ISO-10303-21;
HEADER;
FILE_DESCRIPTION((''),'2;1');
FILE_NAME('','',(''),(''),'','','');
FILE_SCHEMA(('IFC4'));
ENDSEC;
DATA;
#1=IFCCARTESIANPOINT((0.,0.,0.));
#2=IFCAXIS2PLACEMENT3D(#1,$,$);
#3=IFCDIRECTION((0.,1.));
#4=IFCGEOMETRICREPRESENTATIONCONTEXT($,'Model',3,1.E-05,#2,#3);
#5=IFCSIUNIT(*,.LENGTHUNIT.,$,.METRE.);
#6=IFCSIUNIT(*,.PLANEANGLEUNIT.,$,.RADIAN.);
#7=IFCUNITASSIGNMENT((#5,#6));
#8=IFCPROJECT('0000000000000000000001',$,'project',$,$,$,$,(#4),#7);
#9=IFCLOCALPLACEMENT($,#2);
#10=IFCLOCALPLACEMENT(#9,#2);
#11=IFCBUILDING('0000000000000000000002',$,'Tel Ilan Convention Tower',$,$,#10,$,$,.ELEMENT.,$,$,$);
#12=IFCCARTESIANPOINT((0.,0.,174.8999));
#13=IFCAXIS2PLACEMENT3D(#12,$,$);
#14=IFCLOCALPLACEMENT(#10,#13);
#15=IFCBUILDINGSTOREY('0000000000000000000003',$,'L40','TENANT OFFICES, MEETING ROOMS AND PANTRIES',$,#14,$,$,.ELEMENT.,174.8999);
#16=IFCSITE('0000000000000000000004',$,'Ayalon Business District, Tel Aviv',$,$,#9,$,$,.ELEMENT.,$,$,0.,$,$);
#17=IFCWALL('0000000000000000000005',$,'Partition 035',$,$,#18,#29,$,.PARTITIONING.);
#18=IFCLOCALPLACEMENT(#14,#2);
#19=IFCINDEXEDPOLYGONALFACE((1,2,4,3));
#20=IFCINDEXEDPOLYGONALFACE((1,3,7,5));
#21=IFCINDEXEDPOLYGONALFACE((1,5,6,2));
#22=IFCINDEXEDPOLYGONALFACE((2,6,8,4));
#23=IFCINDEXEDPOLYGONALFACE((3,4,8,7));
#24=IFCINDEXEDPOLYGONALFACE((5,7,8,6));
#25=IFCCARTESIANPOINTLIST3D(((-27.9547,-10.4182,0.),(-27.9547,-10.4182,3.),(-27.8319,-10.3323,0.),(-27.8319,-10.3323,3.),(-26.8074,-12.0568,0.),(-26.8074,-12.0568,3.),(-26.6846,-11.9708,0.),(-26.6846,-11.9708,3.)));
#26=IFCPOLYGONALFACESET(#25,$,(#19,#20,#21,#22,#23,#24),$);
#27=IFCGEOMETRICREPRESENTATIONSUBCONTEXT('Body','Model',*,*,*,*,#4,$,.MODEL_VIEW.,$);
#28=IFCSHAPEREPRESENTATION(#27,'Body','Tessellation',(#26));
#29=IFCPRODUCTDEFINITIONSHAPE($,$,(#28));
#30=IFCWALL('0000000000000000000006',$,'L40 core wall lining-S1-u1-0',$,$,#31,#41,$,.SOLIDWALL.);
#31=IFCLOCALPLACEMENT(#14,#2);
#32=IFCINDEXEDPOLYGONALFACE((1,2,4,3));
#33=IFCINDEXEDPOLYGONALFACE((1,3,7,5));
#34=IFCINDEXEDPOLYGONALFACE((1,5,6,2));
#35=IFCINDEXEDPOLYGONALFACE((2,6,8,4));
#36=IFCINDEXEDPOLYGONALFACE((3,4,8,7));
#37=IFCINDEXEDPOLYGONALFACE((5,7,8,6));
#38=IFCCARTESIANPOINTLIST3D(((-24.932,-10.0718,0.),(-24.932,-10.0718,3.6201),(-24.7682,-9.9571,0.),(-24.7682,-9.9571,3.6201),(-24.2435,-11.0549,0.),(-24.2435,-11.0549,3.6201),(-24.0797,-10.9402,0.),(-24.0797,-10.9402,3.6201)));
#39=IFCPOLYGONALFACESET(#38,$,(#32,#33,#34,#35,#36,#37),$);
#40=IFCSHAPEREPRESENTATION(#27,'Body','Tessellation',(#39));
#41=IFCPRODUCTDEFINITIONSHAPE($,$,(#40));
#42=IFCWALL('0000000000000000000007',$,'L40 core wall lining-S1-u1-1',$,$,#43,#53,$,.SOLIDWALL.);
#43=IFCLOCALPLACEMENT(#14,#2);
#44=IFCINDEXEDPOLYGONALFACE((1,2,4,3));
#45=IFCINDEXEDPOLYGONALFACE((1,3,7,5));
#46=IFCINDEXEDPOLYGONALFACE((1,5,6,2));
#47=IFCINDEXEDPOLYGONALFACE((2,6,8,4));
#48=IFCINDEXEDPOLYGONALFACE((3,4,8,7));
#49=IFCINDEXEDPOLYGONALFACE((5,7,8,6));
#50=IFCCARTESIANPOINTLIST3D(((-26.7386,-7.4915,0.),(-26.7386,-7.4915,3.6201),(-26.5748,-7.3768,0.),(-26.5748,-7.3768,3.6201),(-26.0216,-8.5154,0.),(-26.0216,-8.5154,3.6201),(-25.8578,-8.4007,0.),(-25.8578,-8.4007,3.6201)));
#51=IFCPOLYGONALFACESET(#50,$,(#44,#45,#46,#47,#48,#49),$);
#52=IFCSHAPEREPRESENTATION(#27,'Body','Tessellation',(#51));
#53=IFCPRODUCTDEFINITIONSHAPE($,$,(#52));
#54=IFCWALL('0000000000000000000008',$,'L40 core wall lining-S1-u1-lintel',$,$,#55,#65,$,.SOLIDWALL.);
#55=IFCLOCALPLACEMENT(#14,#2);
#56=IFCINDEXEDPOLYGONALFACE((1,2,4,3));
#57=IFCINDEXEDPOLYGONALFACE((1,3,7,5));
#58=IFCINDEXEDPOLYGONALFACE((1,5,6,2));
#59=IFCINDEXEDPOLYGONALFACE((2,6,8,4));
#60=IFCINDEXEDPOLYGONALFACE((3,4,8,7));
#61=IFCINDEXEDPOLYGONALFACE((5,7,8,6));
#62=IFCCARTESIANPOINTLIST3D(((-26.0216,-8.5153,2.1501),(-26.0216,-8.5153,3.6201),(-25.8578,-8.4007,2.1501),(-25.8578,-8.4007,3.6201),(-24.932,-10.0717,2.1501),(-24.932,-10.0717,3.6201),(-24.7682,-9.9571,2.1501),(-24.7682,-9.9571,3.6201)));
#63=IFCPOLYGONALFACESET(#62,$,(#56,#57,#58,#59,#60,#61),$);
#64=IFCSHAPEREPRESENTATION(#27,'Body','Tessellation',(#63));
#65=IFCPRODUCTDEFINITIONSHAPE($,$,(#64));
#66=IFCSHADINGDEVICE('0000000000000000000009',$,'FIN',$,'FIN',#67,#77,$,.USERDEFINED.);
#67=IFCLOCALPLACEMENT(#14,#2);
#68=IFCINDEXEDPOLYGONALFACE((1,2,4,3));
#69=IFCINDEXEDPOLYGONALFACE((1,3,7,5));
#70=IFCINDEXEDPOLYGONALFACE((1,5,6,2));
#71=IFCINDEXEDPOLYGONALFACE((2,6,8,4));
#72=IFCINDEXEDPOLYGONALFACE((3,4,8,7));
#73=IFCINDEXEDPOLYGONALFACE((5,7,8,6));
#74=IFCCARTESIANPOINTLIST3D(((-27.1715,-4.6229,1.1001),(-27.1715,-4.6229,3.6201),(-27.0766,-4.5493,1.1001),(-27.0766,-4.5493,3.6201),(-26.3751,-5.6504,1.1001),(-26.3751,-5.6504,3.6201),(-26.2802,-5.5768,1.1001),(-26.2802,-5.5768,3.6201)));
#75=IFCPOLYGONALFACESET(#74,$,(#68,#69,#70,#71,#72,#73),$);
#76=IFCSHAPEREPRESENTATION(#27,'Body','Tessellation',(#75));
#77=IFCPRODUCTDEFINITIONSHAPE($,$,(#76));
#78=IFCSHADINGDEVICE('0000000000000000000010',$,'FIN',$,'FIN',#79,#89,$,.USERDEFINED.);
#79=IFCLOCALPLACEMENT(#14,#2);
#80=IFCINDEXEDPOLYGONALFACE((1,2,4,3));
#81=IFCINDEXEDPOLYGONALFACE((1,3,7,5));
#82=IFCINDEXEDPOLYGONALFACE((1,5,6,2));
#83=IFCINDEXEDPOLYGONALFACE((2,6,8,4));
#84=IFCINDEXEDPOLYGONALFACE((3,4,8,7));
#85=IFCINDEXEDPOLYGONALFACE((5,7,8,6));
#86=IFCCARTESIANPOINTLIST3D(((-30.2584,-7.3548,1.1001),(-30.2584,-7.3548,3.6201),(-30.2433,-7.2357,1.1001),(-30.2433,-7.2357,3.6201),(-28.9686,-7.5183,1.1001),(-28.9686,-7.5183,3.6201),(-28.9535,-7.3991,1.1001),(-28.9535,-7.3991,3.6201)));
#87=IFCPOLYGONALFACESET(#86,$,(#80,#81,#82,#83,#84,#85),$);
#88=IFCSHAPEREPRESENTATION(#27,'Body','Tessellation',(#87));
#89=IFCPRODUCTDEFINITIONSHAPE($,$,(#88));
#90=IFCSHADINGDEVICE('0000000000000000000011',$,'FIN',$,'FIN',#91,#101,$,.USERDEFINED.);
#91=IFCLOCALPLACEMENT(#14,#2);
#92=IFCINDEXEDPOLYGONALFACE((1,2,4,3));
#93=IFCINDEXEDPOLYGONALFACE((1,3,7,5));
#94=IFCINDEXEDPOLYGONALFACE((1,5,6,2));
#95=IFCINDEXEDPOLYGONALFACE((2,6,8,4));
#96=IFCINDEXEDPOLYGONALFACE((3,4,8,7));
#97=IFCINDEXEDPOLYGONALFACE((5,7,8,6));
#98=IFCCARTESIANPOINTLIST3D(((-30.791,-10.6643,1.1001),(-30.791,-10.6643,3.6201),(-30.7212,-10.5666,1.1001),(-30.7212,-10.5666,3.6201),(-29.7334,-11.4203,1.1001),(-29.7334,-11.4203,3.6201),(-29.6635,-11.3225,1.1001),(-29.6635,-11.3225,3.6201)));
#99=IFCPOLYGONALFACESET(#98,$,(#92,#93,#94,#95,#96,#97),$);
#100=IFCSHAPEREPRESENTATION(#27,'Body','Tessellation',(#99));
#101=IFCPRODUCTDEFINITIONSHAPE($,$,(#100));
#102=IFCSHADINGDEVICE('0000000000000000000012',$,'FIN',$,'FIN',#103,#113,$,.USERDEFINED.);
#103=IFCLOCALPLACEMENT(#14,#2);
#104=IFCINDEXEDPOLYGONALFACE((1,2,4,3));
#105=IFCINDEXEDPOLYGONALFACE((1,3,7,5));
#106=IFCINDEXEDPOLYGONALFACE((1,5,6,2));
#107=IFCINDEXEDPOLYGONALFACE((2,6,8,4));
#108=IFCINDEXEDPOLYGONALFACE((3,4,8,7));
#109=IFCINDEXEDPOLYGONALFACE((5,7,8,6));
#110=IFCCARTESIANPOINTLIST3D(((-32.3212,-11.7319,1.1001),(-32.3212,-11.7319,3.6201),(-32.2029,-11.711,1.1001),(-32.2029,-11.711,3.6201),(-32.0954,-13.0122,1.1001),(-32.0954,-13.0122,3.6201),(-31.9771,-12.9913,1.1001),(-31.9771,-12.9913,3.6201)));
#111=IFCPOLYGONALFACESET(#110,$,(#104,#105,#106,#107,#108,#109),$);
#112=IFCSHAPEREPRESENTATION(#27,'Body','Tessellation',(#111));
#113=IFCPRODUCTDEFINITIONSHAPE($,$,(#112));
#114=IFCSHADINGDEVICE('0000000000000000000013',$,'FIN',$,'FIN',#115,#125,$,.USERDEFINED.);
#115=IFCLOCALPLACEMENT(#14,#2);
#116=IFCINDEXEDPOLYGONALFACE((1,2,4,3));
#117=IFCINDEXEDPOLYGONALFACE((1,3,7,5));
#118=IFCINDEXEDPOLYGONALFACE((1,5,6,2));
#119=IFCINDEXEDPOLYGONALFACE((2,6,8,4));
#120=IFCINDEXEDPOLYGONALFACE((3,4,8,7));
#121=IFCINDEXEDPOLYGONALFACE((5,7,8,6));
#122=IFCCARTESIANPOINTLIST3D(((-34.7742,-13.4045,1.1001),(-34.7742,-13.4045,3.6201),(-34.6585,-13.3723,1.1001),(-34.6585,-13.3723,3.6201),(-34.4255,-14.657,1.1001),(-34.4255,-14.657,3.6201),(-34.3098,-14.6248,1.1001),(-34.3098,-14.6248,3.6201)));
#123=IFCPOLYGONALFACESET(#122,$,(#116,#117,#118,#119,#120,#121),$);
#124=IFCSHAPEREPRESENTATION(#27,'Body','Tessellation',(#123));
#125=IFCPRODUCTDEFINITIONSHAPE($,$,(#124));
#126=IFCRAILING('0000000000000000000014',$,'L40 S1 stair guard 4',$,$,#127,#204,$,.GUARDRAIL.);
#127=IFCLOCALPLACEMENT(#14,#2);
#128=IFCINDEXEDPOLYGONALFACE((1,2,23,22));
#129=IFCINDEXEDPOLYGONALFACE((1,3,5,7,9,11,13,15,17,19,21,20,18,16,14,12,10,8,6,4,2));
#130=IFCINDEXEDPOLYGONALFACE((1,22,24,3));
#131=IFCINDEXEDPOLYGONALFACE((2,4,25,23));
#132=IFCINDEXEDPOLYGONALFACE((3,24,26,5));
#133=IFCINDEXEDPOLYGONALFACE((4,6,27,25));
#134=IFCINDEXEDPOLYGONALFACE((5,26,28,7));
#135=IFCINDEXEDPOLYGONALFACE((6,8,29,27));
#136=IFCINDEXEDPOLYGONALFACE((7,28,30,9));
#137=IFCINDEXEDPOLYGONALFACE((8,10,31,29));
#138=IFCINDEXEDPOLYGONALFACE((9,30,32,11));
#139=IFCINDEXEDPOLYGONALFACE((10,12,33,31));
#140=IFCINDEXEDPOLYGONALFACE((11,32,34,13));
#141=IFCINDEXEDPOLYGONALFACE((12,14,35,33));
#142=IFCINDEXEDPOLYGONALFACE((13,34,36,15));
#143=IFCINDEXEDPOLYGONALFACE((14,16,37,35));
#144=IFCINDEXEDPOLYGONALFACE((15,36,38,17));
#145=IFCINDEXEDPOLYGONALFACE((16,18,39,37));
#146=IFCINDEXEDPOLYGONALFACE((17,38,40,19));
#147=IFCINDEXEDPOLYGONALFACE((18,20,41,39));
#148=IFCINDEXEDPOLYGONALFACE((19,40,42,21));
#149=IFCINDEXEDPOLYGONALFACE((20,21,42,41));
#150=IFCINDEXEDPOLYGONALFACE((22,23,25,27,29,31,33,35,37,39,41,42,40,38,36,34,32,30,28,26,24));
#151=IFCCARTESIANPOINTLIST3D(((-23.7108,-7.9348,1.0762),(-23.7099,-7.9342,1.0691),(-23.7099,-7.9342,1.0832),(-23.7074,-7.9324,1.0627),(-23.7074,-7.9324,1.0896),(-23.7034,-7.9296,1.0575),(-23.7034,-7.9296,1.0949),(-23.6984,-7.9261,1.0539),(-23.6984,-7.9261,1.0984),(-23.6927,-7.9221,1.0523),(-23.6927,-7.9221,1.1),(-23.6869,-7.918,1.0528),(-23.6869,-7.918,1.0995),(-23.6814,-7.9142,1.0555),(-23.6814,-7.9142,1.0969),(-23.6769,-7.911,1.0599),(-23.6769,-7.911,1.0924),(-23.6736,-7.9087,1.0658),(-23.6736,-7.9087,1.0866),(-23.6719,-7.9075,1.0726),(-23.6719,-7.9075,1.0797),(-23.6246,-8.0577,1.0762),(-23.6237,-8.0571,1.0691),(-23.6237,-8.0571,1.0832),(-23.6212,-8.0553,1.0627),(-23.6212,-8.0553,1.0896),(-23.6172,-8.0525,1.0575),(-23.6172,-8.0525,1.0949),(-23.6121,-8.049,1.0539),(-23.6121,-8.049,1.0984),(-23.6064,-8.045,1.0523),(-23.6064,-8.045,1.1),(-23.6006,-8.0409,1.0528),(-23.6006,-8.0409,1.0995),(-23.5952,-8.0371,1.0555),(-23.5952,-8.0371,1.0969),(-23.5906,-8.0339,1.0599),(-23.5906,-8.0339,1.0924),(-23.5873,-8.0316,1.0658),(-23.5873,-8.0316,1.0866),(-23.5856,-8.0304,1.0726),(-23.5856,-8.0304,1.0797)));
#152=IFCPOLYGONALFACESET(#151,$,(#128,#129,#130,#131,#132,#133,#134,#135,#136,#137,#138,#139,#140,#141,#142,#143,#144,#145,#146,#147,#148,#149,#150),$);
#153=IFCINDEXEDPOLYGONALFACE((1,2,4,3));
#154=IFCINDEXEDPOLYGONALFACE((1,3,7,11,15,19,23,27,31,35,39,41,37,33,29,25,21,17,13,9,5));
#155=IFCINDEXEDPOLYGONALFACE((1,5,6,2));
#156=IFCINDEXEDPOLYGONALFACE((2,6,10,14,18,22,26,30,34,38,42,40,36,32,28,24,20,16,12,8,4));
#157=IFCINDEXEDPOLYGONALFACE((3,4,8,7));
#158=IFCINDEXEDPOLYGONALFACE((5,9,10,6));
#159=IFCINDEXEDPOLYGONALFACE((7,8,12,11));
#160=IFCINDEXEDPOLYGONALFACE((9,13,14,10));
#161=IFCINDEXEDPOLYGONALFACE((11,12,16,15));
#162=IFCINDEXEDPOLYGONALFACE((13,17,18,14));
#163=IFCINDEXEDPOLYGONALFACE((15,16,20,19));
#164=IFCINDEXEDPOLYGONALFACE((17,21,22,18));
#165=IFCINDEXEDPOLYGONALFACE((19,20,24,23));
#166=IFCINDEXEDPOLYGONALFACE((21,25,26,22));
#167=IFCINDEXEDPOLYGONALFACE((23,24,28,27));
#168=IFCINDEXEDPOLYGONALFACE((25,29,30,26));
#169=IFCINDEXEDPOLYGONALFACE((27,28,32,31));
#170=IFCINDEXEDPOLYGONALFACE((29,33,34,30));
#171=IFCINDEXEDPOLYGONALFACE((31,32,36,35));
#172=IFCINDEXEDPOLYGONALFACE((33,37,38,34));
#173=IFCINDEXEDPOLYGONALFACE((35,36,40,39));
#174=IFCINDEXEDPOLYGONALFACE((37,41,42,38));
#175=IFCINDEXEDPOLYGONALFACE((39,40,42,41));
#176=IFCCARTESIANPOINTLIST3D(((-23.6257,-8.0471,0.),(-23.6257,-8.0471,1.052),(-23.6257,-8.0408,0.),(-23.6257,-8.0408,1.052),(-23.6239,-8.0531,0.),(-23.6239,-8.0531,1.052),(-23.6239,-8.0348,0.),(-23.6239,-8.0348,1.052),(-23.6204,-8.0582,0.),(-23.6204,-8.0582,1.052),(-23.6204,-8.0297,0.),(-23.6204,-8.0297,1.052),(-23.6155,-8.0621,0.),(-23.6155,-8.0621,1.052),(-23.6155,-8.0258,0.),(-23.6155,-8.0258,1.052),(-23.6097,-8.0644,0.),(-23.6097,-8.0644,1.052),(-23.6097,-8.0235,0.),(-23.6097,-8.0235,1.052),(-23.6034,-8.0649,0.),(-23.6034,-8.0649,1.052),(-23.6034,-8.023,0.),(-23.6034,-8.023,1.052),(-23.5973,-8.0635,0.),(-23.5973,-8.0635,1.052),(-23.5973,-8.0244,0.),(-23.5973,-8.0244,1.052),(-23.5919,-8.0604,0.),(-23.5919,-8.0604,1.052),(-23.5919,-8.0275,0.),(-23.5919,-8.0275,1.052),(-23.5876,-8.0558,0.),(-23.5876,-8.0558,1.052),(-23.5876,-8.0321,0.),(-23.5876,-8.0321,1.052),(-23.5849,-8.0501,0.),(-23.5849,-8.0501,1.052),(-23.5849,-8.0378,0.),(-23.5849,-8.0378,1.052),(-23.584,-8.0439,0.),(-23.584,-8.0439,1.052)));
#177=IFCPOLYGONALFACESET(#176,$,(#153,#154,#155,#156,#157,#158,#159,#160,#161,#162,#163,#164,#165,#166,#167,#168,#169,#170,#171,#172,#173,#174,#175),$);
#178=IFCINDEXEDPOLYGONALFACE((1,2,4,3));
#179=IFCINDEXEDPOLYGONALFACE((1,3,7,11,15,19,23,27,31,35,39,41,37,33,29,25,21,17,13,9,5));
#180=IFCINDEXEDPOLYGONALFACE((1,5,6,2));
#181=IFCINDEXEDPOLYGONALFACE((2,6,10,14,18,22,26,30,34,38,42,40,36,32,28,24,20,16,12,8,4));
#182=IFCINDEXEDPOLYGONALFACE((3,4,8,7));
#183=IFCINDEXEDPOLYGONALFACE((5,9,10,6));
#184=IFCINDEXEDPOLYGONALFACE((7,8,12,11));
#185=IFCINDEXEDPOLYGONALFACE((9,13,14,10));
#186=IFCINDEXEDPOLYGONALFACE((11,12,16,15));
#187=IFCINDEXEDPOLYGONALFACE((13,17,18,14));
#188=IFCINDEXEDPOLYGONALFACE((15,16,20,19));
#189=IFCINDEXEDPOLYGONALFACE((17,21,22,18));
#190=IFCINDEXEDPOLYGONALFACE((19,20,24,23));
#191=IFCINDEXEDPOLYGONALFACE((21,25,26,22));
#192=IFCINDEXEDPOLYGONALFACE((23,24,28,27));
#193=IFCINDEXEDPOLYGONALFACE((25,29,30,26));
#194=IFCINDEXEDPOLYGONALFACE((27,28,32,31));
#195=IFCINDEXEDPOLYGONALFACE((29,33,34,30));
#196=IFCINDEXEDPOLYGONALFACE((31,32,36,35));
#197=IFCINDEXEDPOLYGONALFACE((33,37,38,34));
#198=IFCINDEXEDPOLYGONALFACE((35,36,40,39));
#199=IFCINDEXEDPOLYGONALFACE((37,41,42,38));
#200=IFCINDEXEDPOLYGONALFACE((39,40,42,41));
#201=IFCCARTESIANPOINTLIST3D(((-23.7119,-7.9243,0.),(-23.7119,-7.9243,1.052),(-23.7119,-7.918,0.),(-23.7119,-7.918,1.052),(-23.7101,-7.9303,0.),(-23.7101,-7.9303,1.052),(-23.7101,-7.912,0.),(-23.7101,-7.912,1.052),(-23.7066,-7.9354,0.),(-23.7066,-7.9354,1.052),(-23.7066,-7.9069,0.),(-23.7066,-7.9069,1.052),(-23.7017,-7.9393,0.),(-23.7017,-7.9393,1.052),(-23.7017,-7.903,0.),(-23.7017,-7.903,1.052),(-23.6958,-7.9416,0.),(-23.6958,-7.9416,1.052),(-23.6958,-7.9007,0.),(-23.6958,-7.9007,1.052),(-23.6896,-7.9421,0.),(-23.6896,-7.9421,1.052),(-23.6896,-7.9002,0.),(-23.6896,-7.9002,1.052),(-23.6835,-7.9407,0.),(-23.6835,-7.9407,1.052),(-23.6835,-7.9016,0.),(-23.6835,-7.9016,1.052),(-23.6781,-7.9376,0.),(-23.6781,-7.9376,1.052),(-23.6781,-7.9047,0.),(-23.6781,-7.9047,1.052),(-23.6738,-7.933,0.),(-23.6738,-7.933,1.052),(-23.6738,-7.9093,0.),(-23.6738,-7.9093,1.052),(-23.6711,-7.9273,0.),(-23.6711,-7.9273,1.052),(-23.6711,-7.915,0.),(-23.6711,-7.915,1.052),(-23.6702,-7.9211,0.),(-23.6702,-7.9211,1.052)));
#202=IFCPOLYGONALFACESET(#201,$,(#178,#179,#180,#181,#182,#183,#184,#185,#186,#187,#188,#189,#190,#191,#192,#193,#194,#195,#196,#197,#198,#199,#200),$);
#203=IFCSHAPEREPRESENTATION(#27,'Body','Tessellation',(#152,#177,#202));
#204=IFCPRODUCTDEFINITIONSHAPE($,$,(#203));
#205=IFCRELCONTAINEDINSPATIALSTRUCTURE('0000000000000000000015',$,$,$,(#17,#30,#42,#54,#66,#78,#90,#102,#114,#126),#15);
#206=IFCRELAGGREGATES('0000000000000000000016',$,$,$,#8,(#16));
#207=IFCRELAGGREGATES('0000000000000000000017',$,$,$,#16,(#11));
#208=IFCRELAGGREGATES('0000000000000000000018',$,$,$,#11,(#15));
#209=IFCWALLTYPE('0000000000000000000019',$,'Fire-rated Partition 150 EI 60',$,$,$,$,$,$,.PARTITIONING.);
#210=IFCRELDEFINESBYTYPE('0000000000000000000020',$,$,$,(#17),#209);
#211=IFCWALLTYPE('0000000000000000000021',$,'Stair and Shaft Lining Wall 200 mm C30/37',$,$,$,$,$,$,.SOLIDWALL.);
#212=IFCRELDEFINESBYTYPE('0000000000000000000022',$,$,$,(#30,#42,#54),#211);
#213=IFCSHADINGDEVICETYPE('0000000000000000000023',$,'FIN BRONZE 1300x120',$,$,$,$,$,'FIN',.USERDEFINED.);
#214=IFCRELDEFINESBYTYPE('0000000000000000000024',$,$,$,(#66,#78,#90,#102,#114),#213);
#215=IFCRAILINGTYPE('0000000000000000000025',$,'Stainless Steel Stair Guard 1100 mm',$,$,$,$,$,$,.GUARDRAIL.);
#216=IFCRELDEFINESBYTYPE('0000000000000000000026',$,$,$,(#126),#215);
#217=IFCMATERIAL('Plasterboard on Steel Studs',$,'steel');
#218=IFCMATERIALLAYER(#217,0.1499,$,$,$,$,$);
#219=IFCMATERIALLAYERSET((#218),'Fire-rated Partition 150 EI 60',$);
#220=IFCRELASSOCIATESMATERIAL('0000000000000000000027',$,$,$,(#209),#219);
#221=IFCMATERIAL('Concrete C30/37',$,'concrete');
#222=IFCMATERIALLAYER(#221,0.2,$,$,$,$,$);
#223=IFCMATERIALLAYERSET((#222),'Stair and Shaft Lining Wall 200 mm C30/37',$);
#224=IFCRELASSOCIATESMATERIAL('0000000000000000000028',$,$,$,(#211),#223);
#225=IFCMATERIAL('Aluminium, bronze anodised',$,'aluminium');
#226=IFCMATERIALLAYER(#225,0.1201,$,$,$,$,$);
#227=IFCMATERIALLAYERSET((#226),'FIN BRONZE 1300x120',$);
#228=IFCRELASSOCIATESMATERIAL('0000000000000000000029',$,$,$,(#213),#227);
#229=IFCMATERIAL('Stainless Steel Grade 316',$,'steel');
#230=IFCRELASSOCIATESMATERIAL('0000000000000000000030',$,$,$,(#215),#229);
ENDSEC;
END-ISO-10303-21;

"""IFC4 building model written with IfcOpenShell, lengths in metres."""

from ifc_helpers import new_model, si_unit, direction, frame, frame_2d, origin, origin_2d, place, context, subcontext, project, spatial, rectangle, circle, extrude, material, layer, layer_set, type_object, element, save


model = new_model("IFC4")

# Units and contexts
model_context = context("Model", 3, precision=1e-05, world=origin(), true_north=direction((0.0, 1.0)))
body_context = subcontext(model_context, "Body", "Model", "MODEL_VIEW")
ifc_project = project(units=[si_unit("LENGTHUNIT", "METRE"), si_unit("PLANEANGLEUNIT", "RADIAN")], contexts=[model_context])

# Site, building, storey
site_placement = place(None, origin())
site = spatial("IfcSite", under=ifc_project, at=site_placement, Name="Ayalon Business District, Tel Aviv", CompositionType="ELEMENT", RefElevation=0.0)
building_placement = place(site_placement, origin())
building = spatial("IfcBuilding", under=site, at=building_placement, Name="Tel Ilan Convention Tower", CompositionType="ELEMENT")
storey_placement = place(building_placement, frame((0.0, 0.0, 174.8999)))
storey = spatial("IfcBuildingStorey", under=building, at=storey_placement, Name="L40", Description="TENANT OFFICES, MEETING ROOMS AND PANTRIES", CompositionType="ELEMENT", Elevation=174.8999)

# Walls
ifc_material_1 = material(Name="Plasterboard on Steel Studs", Category="steel")
ifc_layer_1 = layer(ifc_material_1, 0.1499)
ifc_layer_set_1 = layer_set([ifc_layer_1], Name="Fire-rated Partition 150 EI 60")
wall_type_1 = type_object("IfcWallType", Name="Fire-rated Partition 150 EI 60", PredefinedType="PARTITIONING", material=ifc_layer_set_1)
wall_1_placement = place(storey_placement, frame((-26.7461, -12.0137, 0.0), z_axis=(0.0, 0.0, 1.0), x_axis=(-0.573569, 0.819157, 0.0)))
element("IfcWall", 1, at=wall_1_placement, inside=storey, type_object=wall_type_1, Name="Partition 035", PredefinedType="PARTITIONING", context=body_context, shape_type="SweptSolid", body=[
    extrude(rectangle(XDim=2.0002, YDim=0.1499, at=frame_2d((1.0, 0.0))), origin(), (0.0, 0.0, 1.0), 3.0),
])
ifc_material_2 = material(Name="Concrete C30/37", Category="concrete")
ifc_layer_2 = layer(ifc_material_2, 0.2)
ifc_layer_set_2 = layer_set([ifc_layer_2], Name="Stair and Shaft Lining Wall 200 mm C30/37")
wall_type_2 = type_object("IfcWallType", Name="Stair and Shaft Lining Wall 200 mm C30/37", PredefinedType="SOLIDWALL", material=ifc_layer_set_2)
wall_2_placement = place(storey_placement, frame((-24.1616, -10.9976, 0.0), z_axis=(0.0, 0.0, 1.0), x_axis=(-0.573613, 0.819127, 0.0)))
element("IfcWall", 2, at=wall_2_placement, inside=storey, type_object=wall_type_2, Name="L40 core wall lining-S1-u1-0", PredefinedType="SOLIDWALL", context=body_context, shape_type="SweptSolid", body=[
    extrude(rectangle(XDim=1.2002, YDim=0.2, at=frame_2d((0.6001, 0.0))), origin(), (0.0, 0.0, 1.0), 3.6201),
])
wall_3_placement = place(storey_placement, frame((-25.9397, -8.458, 0.0), z_axis=(0.0, 0.0, 1.0), x_axis=(-0.57362, 0.819122, 0.0)))
element("IfcWall", 3, at=wall_3_placement, inside=storey, type_object=wall_type_2, Name="L40 core wall lining-S1-u1-1", PredefinedType="SOLIDWALL", context=body_context, shape_type="SweptSolid", body=[
    extrude(rectangle(XDim=1.25, YDim=0.2, at=frame_2d((0.625, 0.0))), origin(), (0.0, 0.0, 1.0), 3.6201),
])
wall_4_placement = place(storey_placement, frame((-24.8501, -10.0144, 2.1501), z_axis=(0.0, 0.0, 1.0), x_axis=(-0.573505, 0.819202, 0.0)))
element("IfcWall", 4, at=wall_4_placement, inside=storey, type_object=wall_type_2, Name="L40 core wall lining-S1-u1-lintel", PredefinedType="SOLIDWALL", context=body_context, shape_type="SweptSolid", body=[
    extrude(rectangle(XDim=1.8999, YDim=0.2, at=frame_2d((0.95, 0.0))), origin(), (0.0, 0.0, 1.0), 1.47),
])

# Shading devices
ifc_material_3 = material(Name="Aluminium, bronze anodised", Category="aluminium")
ifc_layer_3 = layer(ifc_material_3, 0.1201)
ifc_layer_set_3 = layer_set([ifc_layer_3], Name="FIN BRONZE 1300x120")
shading_device_type = type_object("IfcShadingDeviceType", Name="FIN BRONZE 1300x120", ElementType="FIN", PredefinedType="USERDEFINED", material=ifc_layer_set_3)
for number, where, z_axis, x_axis, name in (
    (5, (-26.7258, -5.0999, 1.1001), (0.0, 0.0, 1.0), (-0.612601, 0.790393, 0.0), "FIN"),
    (6, (-29.606, -7.377, 1.1001), (0.0, 0.0, 1.0), (-0.992066, 0.125718, 0.0), "FIN"),
    (7, (-30.2273, -10.9934, 1.1001), (0.0, 0.0, 1.0), (-0.813552, 0.581492, 0.0), "FIN"),
    (8, (-32.1492, -12.3616, 1.1001), (0.0, 0.0, 1.0), (-0.173648, 0.984808, 0.0), "FIN"),
    (9, (-34.542, -14.0146, 1.1001), (0.0, 0.0, 1.0), (-0.268173, 0.963371, 0.0), "FIN"),
):
    element("IfcShadingDevice", number, at=place(storey_placement, frame(where, z_axis=z_axis, x_axis=x_axis)), inside=storey, type_object=shading_device_type, Name=name, ObjectType="FIN", PredefinedType="USERDEFINED", context=body_context, shape_type="SweptSolid", body=[
        extrude(rectangle(XDim=1.3, YDim=0.1201, at=origin_2d()), origin(), (0.0, 0.0, 1.0), 2.52),
    ])

# Railing
ifc_material_4 = material(Name="Stainless Steel Grade 316", Category="steel")
railing_type = type_object("IfcRailingType", Name="Stainless Steel Stair Guard 1100 mm", PredefinedType="GUARDRAIL", material=ifc_material_4)
railing_placement = place(storey_placement, frame((-23.605, -8.0439, 0.0)))
element("IfcRailing", 10, at=railing_placement, inside=storey, type_object=railing_type, Name="L40 S1 stair guard 4", PredefinedType="GUARDRAIL", context=body_context, shape_type="SweptSolid", body=[
    extrude(circle(Radius=0.0239, at=origin_2d()), frame((0.0, 0.0, 1.0762), z_axis=(-0.574445, 0.818543, 0.0), x_axis=(-0.818543, -0.574445, 0.0)), (0.0, 0.0, 1.0), 0.1501),
    extrude(circle(Radius=0.021, at=origin_2d()), origin(), (0.0, 0.0, 1.0), 1.052),
    extrude(circle(Radius=0.021, at=origin_2d()), frame((-0.0862, 0.1228, 0.0)), (0.0, 0.0, 1.0), 1.052),
])

save(model, "model.ifc")
